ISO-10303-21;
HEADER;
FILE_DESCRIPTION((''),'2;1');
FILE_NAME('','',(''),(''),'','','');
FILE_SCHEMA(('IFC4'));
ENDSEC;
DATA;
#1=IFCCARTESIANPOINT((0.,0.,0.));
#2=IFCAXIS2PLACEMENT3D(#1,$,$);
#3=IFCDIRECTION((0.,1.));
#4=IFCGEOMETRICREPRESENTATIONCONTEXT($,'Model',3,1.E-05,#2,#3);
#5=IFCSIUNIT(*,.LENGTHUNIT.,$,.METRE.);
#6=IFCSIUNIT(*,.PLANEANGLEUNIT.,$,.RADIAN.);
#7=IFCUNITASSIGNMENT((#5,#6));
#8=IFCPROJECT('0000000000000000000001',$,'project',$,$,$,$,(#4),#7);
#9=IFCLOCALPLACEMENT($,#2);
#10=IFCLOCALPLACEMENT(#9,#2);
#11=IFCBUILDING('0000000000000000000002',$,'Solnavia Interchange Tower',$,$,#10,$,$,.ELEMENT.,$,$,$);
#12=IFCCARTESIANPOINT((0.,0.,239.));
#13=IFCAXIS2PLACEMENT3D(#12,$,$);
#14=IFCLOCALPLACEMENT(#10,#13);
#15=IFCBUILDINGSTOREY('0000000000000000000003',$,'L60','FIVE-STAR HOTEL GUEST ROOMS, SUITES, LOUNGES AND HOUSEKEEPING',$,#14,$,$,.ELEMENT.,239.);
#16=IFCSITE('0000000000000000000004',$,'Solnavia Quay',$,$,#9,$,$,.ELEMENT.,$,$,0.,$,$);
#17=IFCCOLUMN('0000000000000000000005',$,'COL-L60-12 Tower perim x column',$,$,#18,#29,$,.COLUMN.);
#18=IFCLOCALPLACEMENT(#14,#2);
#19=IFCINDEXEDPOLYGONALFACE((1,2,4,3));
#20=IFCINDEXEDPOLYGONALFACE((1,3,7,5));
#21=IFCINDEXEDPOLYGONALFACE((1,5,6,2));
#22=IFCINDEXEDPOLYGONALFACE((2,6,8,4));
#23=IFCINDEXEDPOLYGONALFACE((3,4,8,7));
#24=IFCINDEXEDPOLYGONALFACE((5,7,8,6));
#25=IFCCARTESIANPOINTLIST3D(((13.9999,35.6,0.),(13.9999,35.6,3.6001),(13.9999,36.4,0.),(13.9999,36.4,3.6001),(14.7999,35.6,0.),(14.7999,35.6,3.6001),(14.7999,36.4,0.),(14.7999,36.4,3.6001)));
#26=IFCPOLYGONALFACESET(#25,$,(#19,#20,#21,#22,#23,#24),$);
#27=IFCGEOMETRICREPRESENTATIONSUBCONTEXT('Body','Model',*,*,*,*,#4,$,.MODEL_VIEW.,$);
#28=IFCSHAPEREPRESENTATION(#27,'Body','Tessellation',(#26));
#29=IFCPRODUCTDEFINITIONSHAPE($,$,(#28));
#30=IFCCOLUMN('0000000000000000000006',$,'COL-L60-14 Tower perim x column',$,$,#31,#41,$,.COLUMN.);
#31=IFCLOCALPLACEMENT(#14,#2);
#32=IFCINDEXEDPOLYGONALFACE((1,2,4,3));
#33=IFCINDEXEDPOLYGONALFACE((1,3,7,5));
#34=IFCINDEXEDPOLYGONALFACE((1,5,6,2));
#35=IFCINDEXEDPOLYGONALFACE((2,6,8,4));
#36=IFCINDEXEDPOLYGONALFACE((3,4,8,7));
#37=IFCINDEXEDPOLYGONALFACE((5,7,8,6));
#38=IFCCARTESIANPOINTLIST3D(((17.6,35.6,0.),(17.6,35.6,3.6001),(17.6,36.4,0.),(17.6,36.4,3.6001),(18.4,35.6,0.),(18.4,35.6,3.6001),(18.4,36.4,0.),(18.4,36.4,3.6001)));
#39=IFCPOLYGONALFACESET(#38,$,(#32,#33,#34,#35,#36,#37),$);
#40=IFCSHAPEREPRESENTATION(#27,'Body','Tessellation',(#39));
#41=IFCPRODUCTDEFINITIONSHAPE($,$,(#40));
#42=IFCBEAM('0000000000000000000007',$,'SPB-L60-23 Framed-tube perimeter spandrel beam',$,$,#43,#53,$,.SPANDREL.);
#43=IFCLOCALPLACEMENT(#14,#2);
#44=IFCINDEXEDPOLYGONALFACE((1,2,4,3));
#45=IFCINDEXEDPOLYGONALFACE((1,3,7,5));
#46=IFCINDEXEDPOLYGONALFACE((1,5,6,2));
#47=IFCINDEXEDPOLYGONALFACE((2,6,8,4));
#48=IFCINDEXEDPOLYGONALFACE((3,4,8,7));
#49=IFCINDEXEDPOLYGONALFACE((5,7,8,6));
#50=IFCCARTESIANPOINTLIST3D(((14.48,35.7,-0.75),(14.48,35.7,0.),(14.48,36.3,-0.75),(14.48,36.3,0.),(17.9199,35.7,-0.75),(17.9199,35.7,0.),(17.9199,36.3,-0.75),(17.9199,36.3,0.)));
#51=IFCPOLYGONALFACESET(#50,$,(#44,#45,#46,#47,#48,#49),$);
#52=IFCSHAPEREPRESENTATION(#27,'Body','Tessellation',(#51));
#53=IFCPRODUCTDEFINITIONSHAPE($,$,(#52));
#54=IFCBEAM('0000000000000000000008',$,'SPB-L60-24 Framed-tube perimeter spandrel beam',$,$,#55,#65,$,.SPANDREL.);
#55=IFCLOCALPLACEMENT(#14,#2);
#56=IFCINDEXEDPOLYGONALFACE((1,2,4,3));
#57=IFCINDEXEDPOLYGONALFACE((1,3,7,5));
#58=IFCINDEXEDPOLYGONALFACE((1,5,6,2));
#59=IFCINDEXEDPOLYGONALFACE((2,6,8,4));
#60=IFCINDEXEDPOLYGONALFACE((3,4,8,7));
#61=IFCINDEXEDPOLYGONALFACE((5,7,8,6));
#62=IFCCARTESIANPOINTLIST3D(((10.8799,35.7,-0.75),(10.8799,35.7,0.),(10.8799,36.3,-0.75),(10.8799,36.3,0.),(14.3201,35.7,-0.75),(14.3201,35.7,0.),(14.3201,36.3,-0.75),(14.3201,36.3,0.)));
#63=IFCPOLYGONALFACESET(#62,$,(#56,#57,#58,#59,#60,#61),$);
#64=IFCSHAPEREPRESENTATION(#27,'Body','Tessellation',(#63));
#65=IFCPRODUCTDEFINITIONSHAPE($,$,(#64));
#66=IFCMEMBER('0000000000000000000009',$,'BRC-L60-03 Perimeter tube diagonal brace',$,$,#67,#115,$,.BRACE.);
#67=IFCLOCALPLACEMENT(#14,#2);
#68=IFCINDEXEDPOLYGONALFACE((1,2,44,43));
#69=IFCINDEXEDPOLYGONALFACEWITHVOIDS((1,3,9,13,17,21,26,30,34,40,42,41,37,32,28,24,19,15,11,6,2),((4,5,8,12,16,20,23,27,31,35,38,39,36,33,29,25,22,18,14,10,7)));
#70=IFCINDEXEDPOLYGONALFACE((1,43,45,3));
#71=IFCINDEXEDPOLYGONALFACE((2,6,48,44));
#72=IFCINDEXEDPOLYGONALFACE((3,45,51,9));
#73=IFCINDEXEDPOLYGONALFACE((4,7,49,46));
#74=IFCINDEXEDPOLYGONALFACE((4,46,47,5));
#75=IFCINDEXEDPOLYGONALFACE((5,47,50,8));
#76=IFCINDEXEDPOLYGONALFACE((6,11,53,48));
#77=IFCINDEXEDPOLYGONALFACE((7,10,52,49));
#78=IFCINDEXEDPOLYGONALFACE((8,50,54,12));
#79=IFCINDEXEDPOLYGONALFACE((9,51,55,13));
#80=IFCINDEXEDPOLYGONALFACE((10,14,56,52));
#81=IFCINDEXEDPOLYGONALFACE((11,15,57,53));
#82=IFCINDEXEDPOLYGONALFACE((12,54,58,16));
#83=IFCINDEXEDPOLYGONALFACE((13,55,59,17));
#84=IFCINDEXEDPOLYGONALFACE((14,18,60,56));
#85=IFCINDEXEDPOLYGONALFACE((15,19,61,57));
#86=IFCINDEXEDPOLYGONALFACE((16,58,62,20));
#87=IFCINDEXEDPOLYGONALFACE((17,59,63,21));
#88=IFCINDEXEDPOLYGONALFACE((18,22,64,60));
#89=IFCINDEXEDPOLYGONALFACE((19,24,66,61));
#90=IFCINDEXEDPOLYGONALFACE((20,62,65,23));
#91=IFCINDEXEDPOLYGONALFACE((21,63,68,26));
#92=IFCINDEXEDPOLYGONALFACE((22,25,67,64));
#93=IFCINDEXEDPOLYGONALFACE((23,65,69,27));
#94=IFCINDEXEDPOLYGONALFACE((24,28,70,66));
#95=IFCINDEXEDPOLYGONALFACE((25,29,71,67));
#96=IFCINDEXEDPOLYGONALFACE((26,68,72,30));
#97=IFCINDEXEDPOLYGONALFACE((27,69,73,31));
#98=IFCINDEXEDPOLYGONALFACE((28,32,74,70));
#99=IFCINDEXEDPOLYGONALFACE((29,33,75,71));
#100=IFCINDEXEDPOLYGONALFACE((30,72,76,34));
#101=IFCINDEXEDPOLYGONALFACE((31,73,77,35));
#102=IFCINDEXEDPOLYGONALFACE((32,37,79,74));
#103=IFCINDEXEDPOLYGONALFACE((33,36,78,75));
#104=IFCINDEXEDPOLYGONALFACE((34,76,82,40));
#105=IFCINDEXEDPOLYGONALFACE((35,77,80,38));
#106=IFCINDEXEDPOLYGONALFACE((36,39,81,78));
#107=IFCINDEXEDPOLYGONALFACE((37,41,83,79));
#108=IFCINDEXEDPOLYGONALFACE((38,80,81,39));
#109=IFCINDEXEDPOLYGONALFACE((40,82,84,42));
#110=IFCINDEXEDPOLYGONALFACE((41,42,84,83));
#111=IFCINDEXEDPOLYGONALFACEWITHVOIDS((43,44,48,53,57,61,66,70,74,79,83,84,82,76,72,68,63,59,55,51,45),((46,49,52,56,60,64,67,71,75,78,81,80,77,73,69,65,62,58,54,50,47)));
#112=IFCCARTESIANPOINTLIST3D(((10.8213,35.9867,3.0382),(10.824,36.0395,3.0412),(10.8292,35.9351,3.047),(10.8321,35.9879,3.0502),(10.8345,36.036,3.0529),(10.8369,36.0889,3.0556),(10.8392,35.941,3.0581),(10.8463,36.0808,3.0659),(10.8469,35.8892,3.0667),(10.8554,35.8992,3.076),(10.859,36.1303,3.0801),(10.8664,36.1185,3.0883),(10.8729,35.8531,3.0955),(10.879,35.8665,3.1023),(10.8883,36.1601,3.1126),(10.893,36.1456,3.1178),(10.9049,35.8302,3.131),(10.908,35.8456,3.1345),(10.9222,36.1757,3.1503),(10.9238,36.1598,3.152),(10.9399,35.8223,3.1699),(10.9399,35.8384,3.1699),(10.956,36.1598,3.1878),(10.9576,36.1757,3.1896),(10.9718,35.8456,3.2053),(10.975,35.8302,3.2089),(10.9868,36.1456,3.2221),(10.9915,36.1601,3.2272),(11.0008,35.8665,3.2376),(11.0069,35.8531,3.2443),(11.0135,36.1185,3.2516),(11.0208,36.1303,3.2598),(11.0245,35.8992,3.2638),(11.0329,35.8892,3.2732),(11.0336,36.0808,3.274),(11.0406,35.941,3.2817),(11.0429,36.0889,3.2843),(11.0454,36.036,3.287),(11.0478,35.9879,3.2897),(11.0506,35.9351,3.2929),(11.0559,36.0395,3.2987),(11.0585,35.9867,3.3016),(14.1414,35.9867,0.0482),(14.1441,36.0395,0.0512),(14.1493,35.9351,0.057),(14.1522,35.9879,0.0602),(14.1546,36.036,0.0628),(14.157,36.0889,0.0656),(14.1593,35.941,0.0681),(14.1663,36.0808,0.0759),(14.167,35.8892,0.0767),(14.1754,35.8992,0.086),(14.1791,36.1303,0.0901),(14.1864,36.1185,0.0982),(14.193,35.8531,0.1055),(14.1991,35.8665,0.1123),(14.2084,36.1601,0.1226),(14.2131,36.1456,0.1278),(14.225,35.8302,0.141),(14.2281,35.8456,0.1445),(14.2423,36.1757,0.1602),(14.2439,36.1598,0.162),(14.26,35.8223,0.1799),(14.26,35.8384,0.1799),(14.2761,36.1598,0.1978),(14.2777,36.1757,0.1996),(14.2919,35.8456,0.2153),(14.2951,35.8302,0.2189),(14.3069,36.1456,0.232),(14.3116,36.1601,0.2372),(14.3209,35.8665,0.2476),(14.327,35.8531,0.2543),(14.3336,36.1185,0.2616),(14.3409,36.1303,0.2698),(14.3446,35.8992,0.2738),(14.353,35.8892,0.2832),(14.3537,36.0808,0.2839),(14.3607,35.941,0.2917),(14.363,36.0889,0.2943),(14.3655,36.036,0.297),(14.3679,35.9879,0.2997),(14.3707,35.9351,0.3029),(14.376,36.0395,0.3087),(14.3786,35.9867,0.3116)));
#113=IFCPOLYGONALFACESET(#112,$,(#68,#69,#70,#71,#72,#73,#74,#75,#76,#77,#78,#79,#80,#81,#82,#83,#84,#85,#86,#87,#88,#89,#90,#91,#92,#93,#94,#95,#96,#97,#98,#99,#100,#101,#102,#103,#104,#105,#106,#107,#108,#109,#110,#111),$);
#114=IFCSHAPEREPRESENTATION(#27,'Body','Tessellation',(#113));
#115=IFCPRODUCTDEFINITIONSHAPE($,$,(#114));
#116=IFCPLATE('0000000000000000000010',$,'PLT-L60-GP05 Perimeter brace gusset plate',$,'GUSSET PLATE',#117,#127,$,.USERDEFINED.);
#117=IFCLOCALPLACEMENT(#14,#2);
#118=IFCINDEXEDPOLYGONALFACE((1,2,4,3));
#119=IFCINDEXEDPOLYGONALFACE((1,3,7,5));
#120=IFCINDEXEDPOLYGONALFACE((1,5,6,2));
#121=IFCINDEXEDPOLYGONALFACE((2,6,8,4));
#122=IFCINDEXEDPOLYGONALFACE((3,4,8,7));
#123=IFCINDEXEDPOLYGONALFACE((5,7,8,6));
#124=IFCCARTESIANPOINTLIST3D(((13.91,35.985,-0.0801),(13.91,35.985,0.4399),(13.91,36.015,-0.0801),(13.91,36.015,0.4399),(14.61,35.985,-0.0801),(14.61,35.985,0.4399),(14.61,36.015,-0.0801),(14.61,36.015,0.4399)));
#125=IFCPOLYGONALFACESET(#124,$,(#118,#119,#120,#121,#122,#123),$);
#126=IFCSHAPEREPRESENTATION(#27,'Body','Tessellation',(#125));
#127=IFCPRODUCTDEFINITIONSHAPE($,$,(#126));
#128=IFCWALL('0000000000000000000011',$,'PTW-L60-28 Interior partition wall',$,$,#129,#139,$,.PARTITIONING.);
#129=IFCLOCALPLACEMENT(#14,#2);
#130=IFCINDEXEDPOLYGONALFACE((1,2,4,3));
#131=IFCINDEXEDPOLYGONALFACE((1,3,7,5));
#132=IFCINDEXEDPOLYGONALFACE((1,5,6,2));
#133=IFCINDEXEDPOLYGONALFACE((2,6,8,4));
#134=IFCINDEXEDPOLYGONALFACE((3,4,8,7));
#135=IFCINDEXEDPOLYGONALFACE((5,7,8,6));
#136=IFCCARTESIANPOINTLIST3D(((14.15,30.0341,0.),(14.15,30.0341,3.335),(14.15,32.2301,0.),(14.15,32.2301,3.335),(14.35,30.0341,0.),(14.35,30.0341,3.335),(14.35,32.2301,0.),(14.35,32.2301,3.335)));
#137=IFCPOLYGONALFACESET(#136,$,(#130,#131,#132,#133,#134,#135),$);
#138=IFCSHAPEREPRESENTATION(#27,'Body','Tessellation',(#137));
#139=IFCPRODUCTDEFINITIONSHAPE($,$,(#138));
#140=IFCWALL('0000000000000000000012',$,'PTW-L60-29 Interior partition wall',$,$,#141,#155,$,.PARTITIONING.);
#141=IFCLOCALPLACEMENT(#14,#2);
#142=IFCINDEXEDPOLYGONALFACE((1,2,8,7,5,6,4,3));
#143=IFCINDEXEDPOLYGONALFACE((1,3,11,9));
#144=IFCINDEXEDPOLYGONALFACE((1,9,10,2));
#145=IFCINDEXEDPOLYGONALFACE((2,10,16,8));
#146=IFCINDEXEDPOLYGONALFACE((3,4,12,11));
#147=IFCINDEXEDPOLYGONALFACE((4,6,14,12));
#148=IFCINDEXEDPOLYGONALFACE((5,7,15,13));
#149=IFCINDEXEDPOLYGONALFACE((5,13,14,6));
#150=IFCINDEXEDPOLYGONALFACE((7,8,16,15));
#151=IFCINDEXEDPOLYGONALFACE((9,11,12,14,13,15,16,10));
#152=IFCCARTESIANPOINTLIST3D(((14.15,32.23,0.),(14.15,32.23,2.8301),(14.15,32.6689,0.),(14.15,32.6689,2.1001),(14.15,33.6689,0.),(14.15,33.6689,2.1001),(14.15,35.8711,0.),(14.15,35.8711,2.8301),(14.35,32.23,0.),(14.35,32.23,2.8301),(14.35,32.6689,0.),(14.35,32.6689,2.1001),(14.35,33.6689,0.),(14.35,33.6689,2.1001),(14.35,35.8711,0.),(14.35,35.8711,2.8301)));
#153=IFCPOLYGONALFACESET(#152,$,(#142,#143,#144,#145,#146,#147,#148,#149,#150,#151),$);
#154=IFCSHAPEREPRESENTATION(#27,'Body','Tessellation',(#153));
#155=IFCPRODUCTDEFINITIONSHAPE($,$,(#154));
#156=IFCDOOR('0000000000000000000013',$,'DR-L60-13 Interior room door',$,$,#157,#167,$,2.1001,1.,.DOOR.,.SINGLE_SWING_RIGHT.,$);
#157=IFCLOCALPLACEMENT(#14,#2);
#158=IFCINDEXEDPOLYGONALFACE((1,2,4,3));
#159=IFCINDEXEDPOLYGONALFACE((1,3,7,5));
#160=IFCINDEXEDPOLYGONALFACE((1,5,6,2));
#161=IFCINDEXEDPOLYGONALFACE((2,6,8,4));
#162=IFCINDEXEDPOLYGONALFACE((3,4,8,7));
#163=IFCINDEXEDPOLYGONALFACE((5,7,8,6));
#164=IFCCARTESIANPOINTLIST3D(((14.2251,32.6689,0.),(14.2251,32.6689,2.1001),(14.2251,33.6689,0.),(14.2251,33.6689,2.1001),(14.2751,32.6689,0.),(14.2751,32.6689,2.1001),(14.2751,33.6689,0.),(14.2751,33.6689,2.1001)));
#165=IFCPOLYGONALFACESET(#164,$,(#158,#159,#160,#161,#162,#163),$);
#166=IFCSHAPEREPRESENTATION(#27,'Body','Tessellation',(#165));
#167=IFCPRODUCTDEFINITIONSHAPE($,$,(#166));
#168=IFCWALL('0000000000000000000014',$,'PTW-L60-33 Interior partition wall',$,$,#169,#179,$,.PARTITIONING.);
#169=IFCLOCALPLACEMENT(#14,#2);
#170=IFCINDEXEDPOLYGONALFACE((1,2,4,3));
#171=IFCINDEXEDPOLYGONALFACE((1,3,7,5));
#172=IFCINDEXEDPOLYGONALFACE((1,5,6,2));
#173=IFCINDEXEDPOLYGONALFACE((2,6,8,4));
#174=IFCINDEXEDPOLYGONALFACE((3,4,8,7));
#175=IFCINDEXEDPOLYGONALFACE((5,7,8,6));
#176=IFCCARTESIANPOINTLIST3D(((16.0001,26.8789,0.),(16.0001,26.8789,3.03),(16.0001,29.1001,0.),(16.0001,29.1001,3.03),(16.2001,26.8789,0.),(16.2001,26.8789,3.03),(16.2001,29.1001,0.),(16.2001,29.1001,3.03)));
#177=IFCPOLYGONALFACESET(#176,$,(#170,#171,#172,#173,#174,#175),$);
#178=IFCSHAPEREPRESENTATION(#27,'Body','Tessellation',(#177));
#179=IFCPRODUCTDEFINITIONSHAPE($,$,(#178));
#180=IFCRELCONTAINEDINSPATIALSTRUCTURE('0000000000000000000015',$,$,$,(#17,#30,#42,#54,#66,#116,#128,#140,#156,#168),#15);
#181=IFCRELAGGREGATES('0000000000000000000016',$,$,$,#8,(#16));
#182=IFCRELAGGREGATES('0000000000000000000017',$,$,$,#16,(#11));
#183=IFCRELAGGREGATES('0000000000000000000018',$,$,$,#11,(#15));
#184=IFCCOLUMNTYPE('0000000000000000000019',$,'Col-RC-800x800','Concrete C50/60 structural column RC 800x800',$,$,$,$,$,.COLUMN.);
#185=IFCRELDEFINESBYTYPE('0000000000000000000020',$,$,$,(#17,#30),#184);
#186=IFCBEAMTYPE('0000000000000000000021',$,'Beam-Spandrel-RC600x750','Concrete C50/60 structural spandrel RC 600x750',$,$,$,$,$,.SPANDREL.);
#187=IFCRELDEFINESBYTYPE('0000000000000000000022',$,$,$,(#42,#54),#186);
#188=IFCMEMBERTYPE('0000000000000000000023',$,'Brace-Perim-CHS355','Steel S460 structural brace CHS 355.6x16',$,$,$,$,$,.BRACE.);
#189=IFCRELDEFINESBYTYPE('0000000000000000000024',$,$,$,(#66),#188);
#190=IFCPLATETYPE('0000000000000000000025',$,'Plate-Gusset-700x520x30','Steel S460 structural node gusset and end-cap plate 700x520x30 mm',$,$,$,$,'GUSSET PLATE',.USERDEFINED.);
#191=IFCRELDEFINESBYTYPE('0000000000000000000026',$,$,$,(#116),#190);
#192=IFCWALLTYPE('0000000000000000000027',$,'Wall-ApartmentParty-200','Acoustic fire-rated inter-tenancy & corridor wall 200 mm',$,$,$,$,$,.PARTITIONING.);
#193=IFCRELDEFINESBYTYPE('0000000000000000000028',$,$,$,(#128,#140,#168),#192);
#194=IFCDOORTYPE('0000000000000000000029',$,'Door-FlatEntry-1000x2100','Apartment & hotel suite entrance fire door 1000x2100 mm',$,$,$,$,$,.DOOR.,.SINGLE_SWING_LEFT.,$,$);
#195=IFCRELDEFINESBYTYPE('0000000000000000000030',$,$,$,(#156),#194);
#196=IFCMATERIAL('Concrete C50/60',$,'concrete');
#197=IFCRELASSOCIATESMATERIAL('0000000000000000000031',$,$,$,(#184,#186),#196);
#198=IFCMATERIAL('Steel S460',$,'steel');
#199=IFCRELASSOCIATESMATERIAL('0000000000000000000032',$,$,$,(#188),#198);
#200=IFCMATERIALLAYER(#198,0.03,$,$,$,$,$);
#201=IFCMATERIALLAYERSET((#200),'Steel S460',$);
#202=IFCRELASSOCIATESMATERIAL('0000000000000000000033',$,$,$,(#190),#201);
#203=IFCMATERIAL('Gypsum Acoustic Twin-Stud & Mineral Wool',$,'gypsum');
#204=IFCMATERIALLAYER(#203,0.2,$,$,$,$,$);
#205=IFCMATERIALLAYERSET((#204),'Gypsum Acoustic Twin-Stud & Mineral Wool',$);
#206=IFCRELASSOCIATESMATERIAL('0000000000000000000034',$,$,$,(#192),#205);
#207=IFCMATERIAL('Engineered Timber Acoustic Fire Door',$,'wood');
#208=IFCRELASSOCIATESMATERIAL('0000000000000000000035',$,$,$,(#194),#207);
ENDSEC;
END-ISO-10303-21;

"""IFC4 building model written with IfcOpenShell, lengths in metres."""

from ifc_helpers import new_model, si_unit, direction, frame, frame_2d, origin, origin_2d, place, context, subcontext, project, spatial, rectangle, hollow_circle, extrude, material, layer, layer_set, material_profile, profile_set, type_object, element, fill, save


model = new_model("IFC4")

# Units and contexts
model_context = context("Model", 3, precision=1e-05, world=origin(), true_north=direction((0.0, 1.0)))
body_context = subcontext(model_context, "Body", "Model", "MODEL_VIEW")
ifc_project = project(units=[si_unit("LENGTHUNIT", "METRE"), si_unit("PLANEANGLEUNIT", "RADIAN")], contexts=[model_context])

# Site, building, storey
site_placement = place(None, origin())
site = spatial("IfcSite", under=ifc_project, at=site_placement, Name="Solnavia Quay", CompositionType="ELEMENT", RefElevation=0.0)
building_placement = place(site_placement, origin())
building = spatial("IfcBuilding", under=site, at=building_placement, Name="Solnavia Interchange Tower", CompositionType="ELEMENT")
storey_placement = place(building_placement, frame((0.0, 0.0, 239.0)))
storey = spatial("IfcBuildingStorey", under=building, at=storey_placement, Name="L60", Description="FIVE-STAR HOTEL GUEST ROOMS, SUITES, LOUNGES AND HOUSEKEEPING", CompositionType="ELEMENT", Elevation=239.0)

# Columns
ifc_material_1 = material(Name="Concrete C50/60", Category="concrete")
ifc_material_profile_1 = material_profile(ifc_material_1, rectangle(XDim=0.8, YDim=0.8, at=origin_2d()), Name="RC 800x800")
ifc_profile_set_1 = profile_set([ifc_material_profile_1], Name="Concrete C50/60")
column_type = type_object("IfcColumnType", Name="Col-RC-800x800", Description="Concrete C50/60 structural column RC 800x800", PredefinedType="COLUMN", material=ifc_profile_set_1)
for number, where, z_axis, x_axis, name in (
    (1, (14.3999, 36.0, 0.0), (0.0, 0.0, 1.0), (1.0, 0.0, 0.0), "COL-L60-12 Tower perim x column"),
    (2, (18.0, 36.0, 0.0), (0.0, 0.0, 1.0), (1.0, 0.0, 0.0), "COL-L60-14 Tower perim x column"),
):
    element("IfcColumn", number, at=place(storey_placement, frame(where, z_axis=z_axis, x_axis=x_axis)), inside=storey, type_object=column_type, Name=name, PredefinedType="COLUMN", context=body_context, shape_type="SweptSolid", body=[
        extrude(rectangle(XDim=0.8, YDim=0.8, at=origin_2d()), origin(), (0.0, 0.0, 1.0), 3.6001),
    ])

# Beams
ifc_material_profile_2 = material_profile(ifc_material_1, rectangle(XDim=0.6001, YDim=0.75, at=origin_2d()), Name="RC 600x750")
ifc_profile_set_2 = profile_set([ifc_material_profile_2], Name="Concrete C50/60")
beam_type = type_object("IfcBeamType", Name="Beam-Spandrel-RC600x750", Description="Concrete C50/60 structural spandrel RC 600x750", PredefinedType="SPANDREL", material=ifc_profile_set_2)
beam_1_placement = place(storey_placement, frame((17.9199, 36.0, -0.375), z_axis=(-1.0, 0.0, 0.0), x_axis=(0.0, -1.0, 0.0)))
element("IfcBeam", 3, at=beam_1_placement, inside=storey, type_object=beam_type, Name="SPB-L60-23 Framed-tube perimeter spandrel beam", PredefinedType="SPANDREL", context=body_context, shape_type="SweptSolid", body=[
    extrude(rectangle(XDim=0.6001, YDim=0.75, at=origin_2d()), origin(), (0.0, 0.0, 1.0), 3.4399),
])
beam_2_placement = place(storey_placement, frame((14.3201, 36.0, -0.375), z_axis=(-1.0, 0.0, 0.0), x_axis=(0.0, -1.0, 0.0)))
element("IfcBeam", 4, at=beam_2_placement, inside=storey, type_object=beam_type, Name="SPB-L60-24 Framed-tube perimeter spandrel beam", PredefinedType="SPANDREL", context=body_context, shape_type="SweptSolid", body=[
    extrude(rectangle(XDim=0.6001, YDim=0.75, at=origin_2d()), origin(), (0.0, 0.0, 1.0), 3.4402),
])

# Member
ifc_material_2 = material(Name="Steel S460", Category="steel")
ifc_material_profile_3 = material_profile(ifc_material_2, hollow_circle(Radius=0.1777, WallThickness=0.0161, at=origin_2d()), Name="CHS 355.6x16")
ifc_profile_set_3 = profile_set([ifc_material_profile_3], Name="Steel S460")
member_type = type_object("IfcMemberType", Name="Brace-Perim-CHS355", Description="Steel S460 structural brace CHS 355.6x16", PredefinedType="BRACE", material=ifc_profile_set_3)
member_placement = place(storey_placement, frame((14.26, 36.0, 0.1799), z_axis=(-0.743079, 0.0, 0.669203), x_axis=(0.0, -1.0, 0.0)))
element("IfcMember", 5, at=member_placement, inside=storey, type_object=member_type, Name="BRC-L60-03 Perimeter tube diagonal brace", PredefinedType="BRACE", context=body_context, shape_type="SweptSolid", body=[
    extrude(hollow_circle(Radius=0.1777, WallThickness=0.0161, at=origin_2d()), origin(), (0.0, 0.0, 1.0), 4.468),
])

# Plate
ifc_layer_1 = layer(ifc_material_2, 0.03)
ifc_layer_set_1 = layer_set([ifc_layer_1], Name="Steel S460")
plate_type = type_object("IfcPlateType", Name="Plate-Gusset-700x520x30", Description="Steel S460 structural node gusset and end-cap plate 700x520x30 mm", ElementType="GUSSET PLATE", PredefinedType="USERDEFINED", material=ifc_layer_set_1)
plate_placement = place(storey_placement, frame((14.26, 36.0, -0.0801), z_axis=(0.0, 0.0, 1.0), x_axis=(-1.0, 0.0, 0.0)))
element("IfcPlate", 6, at=plate_placement, inside=storey, type_object=plate_type, Name="PLT-L60-GP05 Perimeter brace gusset plate", ObjectType="GUSSET PLATE", PredefinedType="USERDEFINED", context=body_context, shape_type="SweptSolid", body=[
    extrude(rectangle(XDim=0.7, YDim=0.03, at=origin_2d()), origin(), (0.0, 0.0, 1.0), 0.52),
])

# Wall
ifc_material_3 = material(Name="Gypsum Acoustic Twin-Stud & Mineral Wool", Category="gypsum")
ifc_layer_2 = layer(ifc_material_3, 0.2)
ifc_layer_set_2 = layer_set([ifc_layer_2], Name="Gypsum Acoustic Twin-Stud & Mineral Wool")
wall_type_1 = type_object("IfcWallType", Name="Wall-ApartmentParty-200", Description="Acoustic fire-rated inter-tenancy & corridor wall 200 mm", PredefinedType="PARTITIONING", material=ifc_layer_set_2)
wall_1_placement = place(storey_placement, frame((14.25, 30.0339, 0.0), z_axis=(0.0, 0.0, 1.0), x_axis=(0.0, 1.0, 0.0)))
element("IfcWall", 7, at=wall_1_placement, inside=storey, type_object=wall_type_1, Name="PTW-L60-28 Interior partition wall", PredefinedType="PARTITIONING", context=body_context, shape_type="SweptSolid", body=[
    extrude(rectangle(XDim=2.196, YDim=0.2, at=frame_2d((1.0981, 0.0))), origin(), (0.0, 0.0, 1.0), 3.335),
])

# Wall, opening, door
wall_2_placement = place(storey_placement, frame((14.25, 32.23, 0.0), z_axis=(0.0, 0.0, 1.0), x_axis=(0.0, 1.0, 0.0)))
wall_2 = element("IfcWall", 8, at=wall_2_placement, inside=storey, type_object=wall_type_1, Name="PTW-L60-29 Interior partition wall", PredefinedType="PARTITIONING", context=body_context, shape_type="SweptSolid", body=[
    extrude(rectangle(XDim=3.6411, YDim=0.2, at=frame_2d((1.8206, 0.0))), origin(), (0.0, 0.0, 1.0), 2.8301),
])
opening_1_placement = place(wall_2_placement, frame((0.439, 0.0, 0.0)))
opening_1 = element("IfcOpeningElement", 9, at=opening_1_placement, cuts=wall_2, PredefinedType="OPENING", context=body_context, shape_type="SweptSolid", body=[
    extrude(rectangle(XDim=1.0, YDim=2.1001, at=frame_2d((0.5, 1.05))), frame((0.0, 0.1099, 0.0), z_axis=(0.0, -1.0, 0.0), x_axis=(1.0, 0.0, 0.0)), (0.0, 0.0, 1.0), 0.22),
])
ifc_material_4 = material(Name="Engineered Timber Acoustic Fire Door", Category="wood")
door_type_1 = type_object("IfcDoorType", Name="Door-FlatEntry-1000x2100", Description="Apartment & hotel suite entrance fire door 1000x2100 mm", OperationType="SINGLE_SWING_LEFT", PredefinedType="DOOR", material=ifc_material_4)
door_1_placement = place(opening_1_placement, origin())
door_1 = element("IfcDoor", 10, at=door_1_placement, inside=storey, type_object=door_type_1, Name="DR-L60-13 Interior room door", OperationType="SINGLE_SWING_RIGHT", OverallHeight=2.1001, OverallWidth=1.0, PredefinedType="DOOR", context=body_context, shape_type="SweptSolid", body=[
    extrude(rectangle(XDim=1.0, YDim=2.1001, at=frame_2d((0.5, 1.05))), frame((0.0, 0.0249, 0.0), z_axis=(0.0, -1.0, 0.0), x_axis=(1.0, 0.0, 0.0)), (0.0, 0.0, 1.0), 0.05),
])
fill(opening_1, door_1)

# Wall
wall_3_placement = place(storey_placement, frame((16.1001, 26.8789, 0.0), z_axis=(0.0, 0.0, 1.0), x_axis=(0.0, 1.0, 0.0)))
element("IfcWall", 11, at=wall_3_placement, inside=storey, type_object=wall_type_1, Name="PTW-L60-33 Interior partition wall", PredefinedType="PARTITIONING", context=body_context, shape_type="SweptSolid", body=[
    extrude(rectangle(XDim=2.2212, YDim=0.2, at=frame_2d((1.1106, 0.0))), origin(), (0.0, 0.0, 1.0), 3.03),
])

save(model, "model.ifc")
